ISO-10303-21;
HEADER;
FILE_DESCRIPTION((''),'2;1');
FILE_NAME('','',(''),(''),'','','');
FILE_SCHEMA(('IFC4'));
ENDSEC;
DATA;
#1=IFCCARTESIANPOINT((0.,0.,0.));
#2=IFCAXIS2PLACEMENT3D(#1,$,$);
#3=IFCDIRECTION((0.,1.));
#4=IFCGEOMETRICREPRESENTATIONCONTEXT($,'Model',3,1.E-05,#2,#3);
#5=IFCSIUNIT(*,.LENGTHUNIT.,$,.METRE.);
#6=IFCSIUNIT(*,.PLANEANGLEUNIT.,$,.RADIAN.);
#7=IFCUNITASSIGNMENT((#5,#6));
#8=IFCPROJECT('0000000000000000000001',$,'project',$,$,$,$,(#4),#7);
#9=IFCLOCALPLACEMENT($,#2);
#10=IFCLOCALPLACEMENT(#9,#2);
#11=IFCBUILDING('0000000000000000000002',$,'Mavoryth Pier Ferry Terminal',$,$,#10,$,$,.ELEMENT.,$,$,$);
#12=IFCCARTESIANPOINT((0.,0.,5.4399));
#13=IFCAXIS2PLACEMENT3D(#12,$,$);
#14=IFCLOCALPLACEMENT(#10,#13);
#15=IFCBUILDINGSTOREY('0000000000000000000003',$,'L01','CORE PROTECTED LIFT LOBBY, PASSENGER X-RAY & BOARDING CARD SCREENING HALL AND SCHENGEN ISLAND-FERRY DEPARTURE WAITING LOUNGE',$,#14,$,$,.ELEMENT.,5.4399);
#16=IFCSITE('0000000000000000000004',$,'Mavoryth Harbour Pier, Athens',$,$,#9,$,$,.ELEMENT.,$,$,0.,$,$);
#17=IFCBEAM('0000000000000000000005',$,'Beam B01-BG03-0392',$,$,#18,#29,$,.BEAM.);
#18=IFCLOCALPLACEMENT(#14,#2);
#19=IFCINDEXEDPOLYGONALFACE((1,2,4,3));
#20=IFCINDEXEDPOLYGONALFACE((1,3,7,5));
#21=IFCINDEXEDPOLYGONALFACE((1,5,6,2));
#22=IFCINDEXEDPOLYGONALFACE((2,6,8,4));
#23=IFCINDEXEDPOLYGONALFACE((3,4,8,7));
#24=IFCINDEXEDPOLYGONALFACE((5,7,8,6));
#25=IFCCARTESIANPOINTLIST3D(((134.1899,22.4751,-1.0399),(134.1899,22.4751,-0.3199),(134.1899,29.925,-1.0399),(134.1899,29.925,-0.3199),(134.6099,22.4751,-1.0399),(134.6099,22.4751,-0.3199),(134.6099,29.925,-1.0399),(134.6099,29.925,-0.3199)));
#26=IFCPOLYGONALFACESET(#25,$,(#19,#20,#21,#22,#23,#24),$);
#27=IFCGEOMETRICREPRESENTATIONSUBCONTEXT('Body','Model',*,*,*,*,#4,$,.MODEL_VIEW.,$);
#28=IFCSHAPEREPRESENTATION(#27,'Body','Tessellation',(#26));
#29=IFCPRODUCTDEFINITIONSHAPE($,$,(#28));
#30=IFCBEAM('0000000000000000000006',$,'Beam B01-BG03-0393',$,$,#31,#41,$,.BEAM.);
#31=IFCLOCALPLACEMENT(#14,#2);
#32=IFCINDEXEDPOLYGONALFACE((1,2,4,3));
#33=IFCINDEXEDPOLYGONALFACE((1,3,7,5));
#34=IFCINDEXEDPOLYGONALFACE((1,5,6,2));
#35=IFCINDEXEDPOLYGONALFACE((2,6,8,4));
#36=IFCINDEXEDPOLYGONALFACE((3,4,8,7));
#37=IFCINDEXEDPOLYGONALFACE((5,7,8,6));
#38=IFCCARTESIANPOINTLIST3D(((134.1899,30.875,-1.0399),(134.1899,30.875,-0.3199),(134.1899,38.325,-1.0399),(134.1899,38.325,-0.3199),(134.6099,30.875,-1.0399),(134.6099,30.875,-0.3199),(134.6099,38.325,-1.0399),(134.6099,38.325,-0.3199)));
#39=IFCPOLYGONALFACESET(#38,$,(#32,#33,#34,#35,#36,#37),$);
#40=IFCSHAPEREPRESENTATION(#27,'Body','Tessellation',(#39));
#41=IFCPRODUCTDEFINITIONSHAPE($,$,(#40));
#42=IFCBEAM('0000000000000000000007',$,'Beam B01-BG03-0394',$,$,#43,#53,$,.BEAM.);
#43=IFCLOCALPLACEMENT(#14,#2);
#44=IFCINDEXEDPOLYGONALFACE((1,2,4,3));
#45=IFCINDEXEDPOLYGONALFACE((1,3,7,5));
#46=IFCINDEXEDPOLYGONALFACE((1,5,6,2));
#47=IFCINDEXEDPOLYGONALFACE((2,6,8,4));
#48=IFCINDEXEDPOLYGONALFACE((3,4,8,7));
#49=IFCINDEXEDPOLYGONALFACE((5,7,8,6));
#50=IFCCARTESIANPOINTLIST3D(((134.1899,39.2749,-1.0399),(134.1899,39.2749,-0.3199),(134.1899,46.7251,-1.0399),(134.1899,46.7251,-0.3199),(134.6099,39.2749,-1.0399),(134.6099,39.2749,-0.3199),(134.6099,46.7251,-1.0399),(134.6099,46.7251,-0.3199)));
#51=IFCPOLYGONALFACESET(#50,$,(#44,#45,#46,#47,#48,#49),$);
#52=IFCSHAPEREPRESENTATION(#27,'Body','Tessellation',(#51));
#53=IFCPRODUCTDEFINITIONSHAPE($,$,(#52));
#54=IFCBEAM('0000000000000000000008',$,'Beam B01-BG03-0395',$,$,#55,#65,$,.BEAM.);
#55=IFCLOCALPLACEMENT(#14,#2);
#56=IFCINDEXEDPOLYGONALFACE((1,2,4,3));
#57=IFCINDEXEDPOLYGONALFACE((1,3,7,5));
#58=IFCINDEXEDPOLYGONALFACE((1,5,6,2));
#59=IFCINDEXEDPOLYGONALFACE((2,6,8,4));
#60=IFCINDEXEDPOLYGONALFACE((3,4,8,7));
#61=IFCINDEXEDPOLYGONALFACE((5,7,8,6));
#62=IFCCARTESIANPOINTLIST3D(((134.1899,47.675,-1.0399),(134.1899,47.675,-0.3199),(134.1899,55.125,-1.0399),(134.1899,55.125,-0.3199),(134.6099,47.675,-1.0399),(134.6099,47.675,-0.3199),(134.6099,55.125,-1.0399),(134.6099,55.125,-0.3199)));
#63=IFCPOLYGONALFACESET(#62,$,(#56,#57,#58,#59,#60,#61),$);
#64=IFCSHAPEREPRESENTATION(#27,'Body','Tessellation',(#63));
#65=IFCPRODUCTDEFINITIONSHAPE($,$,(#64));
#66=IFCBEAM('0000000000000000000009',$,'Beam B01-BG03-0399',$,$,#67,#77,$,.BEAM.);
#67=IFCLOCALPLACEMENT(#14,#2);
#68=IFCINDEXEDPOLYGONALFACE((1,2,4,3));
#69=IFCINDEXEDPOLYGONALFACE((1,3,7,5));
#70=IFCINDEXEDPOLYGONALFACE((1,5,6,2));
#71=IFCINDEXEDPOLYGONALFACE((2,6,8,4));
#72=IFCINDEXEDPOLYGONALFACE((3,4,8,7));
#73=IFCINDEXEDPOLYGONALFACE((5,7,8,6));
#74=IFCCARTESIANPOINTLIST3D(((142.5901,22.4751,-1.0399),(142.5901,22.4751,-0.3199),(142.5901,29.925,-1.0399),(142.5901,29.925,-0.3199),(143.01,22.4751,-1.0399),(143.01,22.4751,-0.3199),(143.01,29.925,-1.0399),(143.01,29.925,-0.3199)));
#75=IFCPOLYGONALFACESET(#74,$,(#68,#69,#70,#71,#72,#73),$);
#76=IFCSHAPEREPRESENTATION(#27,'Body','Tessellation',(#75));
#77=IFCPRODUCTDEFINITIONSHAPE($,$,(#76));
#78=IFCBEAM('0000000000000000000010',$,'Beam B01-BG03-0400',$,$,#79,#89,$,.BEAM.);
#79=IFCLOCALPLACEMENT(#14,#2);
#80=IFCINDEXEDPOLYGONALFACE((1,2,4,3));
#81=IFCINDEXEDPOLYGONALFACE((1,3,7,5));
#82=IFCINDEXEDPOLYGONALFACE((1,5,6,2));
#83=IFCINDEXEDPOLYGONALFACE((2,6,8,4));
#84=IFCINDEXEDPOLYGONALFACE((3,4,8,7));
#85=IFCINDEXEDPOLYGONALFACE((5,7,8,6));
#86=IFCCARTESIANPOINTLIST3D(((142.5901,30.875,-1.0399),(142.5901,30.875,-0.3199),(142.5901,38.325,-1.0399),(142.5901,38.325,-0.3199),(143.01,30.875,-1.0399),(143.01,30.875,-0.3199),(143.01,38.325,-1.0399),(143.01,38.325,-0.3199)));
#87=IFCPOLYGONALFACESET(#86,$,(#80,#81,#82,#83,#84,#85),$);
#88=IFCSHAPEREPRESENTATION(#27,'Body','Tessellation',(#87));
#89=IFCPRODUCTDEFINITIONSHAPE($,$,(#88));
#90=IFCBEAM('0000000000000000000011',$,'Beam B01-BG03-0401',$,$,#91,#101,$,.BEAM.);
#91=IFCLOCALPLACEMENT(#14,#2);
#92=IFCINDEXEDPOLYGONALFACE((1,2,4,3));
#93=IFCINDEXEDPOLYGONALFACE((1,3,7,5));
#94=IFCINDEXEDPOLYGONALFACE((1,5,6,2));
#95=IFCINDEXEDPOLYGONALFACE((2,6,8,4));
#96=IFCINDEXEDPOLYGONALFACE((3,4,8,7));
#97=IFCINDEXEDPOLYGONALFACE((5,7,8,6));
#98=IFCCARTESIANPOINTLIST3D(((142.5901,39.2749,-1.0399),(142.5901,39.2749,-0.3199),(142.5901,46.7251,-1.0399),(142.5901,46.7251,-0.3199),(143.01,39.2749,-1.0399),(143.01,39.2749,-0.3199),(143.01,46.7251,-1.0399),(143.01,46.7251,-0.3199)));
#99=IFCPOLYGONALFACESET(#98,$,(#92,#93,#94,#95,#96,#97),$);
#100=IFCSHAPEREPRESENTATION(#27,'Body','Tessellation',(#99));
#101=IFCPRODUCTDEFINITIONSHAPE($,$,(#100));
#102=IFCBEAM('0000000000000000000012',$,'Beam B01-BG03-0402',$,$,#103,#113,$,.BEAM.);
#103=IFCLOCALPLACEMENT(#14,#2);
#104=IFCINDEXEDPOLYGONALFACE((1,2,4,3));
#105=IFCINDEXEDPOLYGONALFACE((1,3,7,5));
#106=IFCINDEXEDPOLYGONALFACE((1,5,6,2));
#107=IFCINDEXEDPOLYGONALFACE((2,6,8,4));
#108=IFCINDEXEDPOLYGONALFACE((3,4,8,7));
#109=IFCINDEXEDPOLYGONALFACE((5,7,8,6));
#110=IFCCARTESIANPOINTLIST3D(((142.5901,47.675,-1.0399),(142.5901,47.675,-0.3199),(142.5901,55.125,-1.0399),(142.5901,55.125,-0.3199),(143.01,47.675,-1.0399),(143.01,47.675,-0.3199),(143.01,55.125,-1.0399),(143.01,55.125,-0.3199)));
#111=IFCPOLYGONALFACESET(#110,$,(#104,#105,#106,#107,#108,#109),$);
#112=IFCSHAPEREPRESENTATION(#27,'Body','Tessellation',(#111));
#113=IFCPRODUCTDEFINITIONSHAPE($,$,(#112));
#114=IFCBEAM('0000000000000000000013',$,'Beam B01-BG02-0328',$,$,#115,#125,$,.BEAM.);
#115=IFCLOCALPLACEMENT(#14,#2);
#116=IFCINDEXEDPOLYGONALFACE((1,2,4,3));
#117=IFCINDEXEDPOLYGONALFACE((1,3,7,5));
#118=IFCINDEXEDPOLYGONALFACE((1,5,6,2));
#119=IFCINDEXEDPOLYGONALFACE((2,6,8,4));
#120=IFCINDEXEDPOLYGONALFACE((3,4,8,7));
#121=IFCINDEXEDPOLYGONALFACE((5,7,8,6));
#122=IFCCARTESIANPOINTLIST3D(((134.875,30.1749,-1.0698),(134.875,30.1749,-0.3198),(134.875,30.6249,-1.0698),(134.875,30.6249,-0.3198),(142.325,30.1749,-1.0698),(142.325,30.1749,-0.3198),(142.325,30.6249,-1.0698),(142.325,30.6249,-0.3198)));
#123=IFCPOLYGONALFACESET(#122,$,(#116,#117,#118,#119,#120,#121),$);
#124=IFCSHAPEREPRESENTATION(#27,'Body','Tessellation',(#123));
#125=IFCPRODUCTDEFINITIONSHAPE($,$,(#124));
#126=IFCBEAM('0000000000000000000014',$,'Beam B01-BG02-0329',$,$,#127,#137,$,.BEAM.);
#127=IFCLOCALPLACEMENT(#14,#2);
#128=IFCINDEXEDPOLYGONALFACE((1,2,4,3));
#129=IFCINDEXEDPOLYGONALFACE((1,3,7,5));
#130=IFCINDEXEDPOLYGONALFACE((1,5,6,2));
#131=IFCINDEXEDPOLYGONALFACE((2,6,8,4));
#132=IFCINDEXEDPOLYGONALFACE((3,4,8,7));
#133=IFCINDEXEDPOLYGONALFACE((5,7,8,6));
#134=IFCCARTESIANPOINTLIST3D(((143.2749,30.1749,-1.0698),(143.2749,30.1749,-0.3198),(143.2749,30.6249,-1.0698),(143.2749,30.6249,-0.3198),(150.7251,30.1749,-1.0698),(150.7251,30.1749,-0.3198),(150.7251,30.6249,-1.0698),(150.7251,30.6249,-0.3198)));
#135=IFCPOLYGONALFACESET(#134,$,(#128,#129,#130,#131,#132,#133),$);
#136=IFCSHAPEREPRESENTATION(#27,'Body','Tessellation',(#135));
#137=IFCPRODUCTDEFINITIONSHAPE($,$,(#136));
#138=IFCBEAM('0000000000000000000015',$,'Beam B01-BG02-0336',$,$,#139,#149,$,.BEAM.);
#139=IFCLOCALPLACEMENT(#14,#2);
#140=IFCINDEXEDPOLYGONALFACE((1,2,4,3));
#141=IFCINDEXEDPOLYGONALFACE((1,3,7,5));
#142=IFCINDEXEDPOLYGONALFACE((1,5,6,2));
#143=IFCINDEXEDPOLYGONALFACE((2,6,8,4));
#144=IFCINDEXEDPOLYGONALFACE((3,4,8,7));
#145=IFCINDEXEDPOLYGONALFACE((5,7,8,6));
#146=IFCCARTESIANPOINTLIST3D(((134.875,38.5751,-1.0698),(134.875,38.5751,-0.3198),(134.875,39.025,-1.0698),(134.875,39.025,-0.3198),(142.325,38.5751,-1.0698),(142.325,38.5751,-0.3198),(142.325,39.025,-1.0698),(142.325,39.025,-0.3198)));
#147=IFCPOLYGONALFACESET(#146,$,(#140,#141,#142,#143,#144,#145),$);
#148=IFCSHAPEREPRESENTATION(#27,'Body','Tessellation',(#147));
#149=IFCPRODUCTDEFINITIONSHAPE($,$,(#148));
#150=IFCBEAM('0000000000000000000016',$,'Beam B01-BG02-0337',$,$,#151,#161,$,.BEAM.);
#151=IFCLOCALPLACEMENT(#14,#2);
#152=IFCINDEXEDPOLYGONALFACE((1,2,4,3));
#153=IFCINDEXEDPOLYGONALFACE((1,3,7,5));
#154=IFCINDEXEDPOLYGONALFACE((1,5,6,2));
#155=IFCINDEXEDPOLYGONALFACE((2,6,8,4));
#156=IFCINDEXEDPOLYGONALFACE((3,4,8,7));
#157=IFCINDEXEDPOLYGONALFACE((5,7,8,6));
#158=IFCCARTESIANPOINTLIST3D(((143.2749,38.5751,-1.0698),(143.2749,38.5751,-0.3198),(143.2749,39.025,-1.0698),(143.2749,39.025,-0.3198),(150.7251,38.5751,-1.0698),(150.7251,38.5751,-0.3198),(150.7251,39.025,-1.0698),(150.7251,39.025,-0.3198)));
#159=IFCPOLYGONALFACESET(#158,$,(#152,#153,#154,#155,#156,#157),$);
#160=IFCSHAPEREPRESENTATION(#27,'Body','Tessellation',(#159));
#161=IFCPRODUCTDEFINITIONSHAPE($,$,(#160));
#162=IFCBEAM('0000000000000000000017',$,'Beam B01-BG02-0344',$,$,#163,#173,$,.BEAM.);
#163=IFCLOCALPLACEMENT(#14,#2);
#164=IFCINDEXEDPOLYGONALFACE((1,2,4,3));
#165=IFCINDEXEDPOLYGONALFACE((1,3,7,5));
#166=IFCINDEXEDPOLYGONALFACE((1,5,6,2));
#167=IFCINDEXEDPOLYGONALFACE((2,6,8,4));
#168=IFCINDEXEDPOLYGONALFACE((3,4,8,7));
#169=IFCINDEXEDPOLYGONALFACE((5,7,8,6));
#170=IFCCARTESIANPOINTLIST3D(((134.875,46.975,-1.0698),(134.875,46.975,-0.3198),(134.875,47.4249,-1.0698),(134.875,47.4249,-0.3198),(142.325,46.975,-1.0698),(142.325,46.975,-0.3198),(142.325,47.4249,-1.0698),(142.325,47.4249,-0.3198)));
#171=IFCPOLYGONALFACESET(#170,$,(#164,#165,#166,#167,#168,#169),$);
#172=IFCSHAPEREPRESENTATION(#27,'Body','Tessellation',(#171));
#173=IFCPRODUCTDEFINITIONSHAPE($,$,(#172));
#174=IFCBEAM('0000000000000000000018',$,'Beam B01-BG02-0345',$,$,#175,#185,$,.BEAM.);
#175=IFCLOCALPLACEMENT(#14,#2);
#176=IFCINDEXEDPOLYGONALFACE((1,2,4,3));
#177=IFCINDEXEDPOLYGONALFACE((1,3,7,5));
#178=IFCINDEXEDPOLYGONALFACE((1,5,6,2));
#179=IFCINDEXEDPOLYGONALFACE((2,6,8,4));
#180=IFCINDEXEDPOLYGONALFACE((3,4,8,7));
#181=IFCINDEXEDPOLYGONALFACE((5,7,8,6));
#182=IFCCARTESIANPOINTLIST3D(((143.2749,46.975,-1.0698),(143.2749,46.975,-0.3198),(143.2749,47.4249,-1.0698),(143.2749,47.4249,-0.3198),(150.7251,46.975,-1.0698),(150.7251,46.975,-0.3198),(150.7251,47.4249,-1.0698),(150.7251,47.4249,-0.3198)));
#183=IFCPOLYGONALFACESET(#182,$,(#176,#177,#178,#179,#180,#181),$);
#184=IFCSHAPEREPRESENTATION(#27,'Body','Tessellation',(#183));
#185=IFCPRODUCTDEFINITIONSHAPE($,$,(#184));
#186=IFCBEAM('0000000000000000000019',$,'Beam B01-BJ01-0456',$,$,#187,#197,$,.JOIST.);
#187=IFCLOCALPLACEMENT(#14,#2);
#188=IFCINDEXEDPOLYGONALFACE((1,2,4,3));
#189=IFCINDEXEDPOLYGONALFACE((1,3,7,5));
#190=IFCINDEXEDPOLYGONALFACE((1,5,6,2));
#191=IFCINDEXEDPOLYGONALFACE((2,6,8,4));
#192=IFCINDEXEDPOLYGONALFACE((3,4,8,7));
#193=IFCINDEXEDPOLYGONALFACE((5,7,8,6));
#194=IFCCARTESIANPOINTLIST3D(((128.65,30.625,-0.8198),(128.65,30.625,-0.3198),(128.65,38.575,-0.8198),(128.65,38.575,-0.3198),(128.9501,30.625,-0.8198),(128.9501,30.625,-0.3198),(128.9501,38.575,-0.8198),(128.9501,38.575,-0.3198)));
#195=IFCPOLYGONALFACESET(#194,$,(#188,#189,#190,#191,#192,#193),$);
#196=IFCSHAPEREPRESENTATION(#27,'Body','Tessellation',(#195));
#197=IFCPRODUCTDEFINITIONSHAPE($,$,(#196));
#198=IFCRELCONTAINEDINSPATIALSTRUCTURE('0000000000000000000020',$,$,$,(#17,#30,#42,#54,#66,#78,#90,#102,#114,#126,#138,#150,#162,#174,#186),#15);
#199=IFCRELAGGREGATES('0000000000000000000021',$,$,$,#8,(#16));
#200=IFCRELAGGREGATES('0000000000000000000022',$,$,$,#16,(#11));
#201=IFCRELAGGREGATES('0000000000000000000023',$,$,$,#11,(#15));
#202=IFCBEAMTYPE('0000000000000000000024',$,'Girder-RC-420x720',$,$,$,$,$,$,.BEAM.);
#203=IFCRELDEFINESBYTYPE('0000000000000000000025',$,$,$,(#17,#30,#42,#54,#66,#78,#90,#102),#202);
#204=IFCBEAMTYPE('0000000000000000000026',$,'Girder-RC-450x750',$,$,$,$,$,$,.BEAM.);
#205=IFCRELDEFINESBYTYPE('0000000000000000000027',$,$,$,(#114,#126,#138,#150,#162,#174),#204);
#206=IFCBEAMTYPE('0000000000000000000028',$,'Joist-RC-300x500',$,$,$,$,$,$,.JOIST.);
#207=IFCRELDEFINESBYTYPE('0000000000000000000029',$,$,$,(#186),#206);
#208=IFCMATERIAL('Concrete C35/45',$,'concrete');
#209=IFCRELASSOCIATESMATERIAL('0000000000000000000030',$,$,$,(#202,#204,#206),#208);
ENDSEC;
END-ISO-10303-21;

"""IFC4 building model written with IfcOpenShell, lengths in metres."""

from ifc_helpers import new_model, si_unit, direction, frame, origin, origin_2d, place, context, subcontext, project, spatial, rectangle, extrude, material, material_profile, profile_set, type_object, element, save


model = new_model("IFC4")

# Units and contexts
model_context = context("Model", 3, precision=1e-05, world=origin(), true_north=direction((0.0, 1.0)))
body_context = subcontext(model_context, "Body", "Model", "MODEL_VIEW")
ifc_project = project(units=[si_unit("LENGTHUNIT", "METRE"), si_unit("PLANEANGLEUNIT", "RADIAN")], contexts=[model_context])

# Site, building, storey
site_placement = place(None, origin())
site = spatial("IfcSite", under=ifc_project, at=site_placement, Name="Mavoryth Harbour Pier, Athens", CompositionType="ELEMENT", RefElevation=0.0)
building_placement = place(site_placement, origin())
building = spatial("IfcBuilding", under=site, at=building_placement, Name="Mavoryth Pier Ferry Terminal", CompositionType="ELEMENT")
storey_placement = place(building_placement, frame((0.0, 0.0, 5.4399)))
storey = spatial("IfcBuildingStorey", under=building, at=storey_placement, Name="L01", Description="CORE PROTECTED LIFT LOBBY, PASSENGER X-RAY & BOARDING CARD SCREENING HALL AND SCHENGEN ISLAND-FERRY DEPARTURE WAITING LOUNGE", CompositionType="ELEMENT", Elevation=5.4399)

# Beams
ifc_material_1 = material(Name="Concrete C35/45", Category="concrete")
ifc_material_profile_1 = material_profile(ifc_material_1, rectangle(XDim=0.4199, YDim=0.72, at=origin_2d()), Name="RC 420x720", Category="concrete")
ifc_profile_set_1 = profile_set([ifc_material_profile_1], Name="Concrete C35/45 - RC 420x720")
beam_type_1 = type_object("IfcBeamType", Name="Girder-RC-420x720", PredefinedType="BEAM", material=ifc_profile_set_1)
for number, where, z_axis, x_axis, name in (
    (1, (134.3999, 22.4751, -0.6799), (0.0, 1.0, 0.0), (-1.0, 0.0, 0.0), "Beam B01-BG03-0392"),
    (2, (134.3999, 30.875, -0.6799), (0.0, 1.0, 0.0), (-1.0, 0.0, 0.0), "Beam B01-BG03-0393"),
):
    element("IfcBeam", number, at=place(storey_placement, frame(where, z_axis=z_axis, x_axis=x_axis)), inside=storey, type_object=beam_type_1, Name=name, PredefinedType="BEAM", context=body_context, shape_type="SweptSolid", body=[
        extrude(rectangle(XDim=0.4199, YDim=0.72, at=origin_2d()), origin(), (0.0, 0.0, 1.0), 7.45),
    ])
beam_1_placement = place(storey_placement, frame((134.3999, 39.2749, -0.6799), z_axis=(0.0, 1.0, 0.0), x_axis=(-1.0, 0.0, 0.0)))
element("IfcBeam", 3, at=beam_1_placement, inside=storey, type_object=beam_type_1, Name="Beam B01-BG03-0394", PredefinedType="BEAM", context=body_context, shape_type="SweptSolid", body=[
    extrude(rectangle(XDim=0.4199, YDim=0.72, at=origin_2d()), origin(), (0.0, 0.0, 1.0), 7.4502),
])
for number, where, z_axis, x_axis, name in (
    (4, (134.3999, 47.675, -0.6799), (0.0, 1.0, 0.0), (-1.0, 0.0, 0.0), "Beam B01-BG03-0395"),
    (5, (142.8, 22.4751, -0.6799), (0.0, 1.0, 0.0), (-1.0, 0.0, 0.0), "Beam B01-BG03-0399"),
    (6, (142.8, 30.875, -0.6799), (0.0, 1.0, 0.0), (-1.0, 0.0, 0.0), "Beam B01-BG03-0400"),
):
    element("IfcBeam", number, at=place(storey_placement, frame(where, z_axis=z_axis, x_axis=x_axis)), inside=storey, type_object=beam_type_1, Name=name, PredefinedType="BEAM", context=body_context, shape_type="SweptSolid", body=[
        extrude(rectangle(XDim=0.4199, YDim=0.72, at=origin_2d()), origin(), (0.0, 0.0, 1.0), 7.45),
    ])
beam_2_placement = place(storey_placement, frame((142.8, 39.2749, -0.6799), z_axis=(0.0, 1.0, 0.0), x_axis=(-1.0, 0.0, 0.0)))
element("IfcBeam", 7, at=beam_2_placement, inside=storey, type_object=beam_type_1, Name="Beam B01-BG03-0401", PredefinedType="BEAM", context=body_context, shape_type="SweptSolid", body=[
    extrude(rectangle(XDim=0.4199, YDim=0.72, at=origin_2d()), origin(), (0.0, 0.0, 1.0), 7.4502),
])
beam_3_placement = place(storey_placement, frame((142.8, 47.675, -0.6799), z_axis=(0.0, 1.0, 0.0), x_axis=(-1.0, 0.0, 0.0)))
element("IfcBeam", 8, at=beam_3_placement, inside=storey, type_object=beam_type_1, Name="Beam B01-BG03-0402", PredefinedType="BEAM", context=body_context, shape_type="SweptSolid", body=[
    extrude(rectangle(XDim=0.4199, YDim=0.72, at=origin_2d()), origin(), (0.0, 0.0, 1.0), 7.45),
])
ifc_material_profile_2 = material_profile(ifc_material_1, rectangle(XDim=0.45, YDim=0.75, at=origin_2d()), Name="RC 450x750", Category="concrete")
ifc_profile_set_2 = profile_set([ifc_material_profile_2], Name="Concrete C35/45 - RC 450x750")
beam_type_2 = type_object("IfcBeamType", Name="Girder-RC-450x750", PredefinedType="BEAM", material=ifc_profile_set_2)
beam_4_placement = place(storey_placement, frame((134.875, 30.3999, -0.6948), z_axis=(1.0, 0.0, 0.0), x_axis=(0.0, 1.0, 0.0)))
element("IfcBeam", 9, at=beam_4_placement, inside=storey, type_object=beam_type_2, Name="Beam B01-BG02-0328", PredefinedType="BEAM", context=body_context, shape_type="SweptSolid", body=[
    extrude(rectangle(XDim=0.45, YDim=0.75, at=origin_2d()), origin(), (0.0, 0.0, 1.0), 7.45),
])
beam_5_placement = place(storey_placement, frame((143.2749, 30.3999, -0.6948), z_axis=(1.0, 0.0, 0.0), x_axis=(0.0, 1.0, 0.0)))
element("IfcBeam", 10, at=beam_5_placement, inside=storey, type_object=beam_type_2, Name="Beam B01-BG02-0329", PredefinedType="BEAM", context=body_context, shape_type="SweptSolid", body=[
    extrude(rectangle(XDim=0.45, YDim=0.75, at=origin_2d()), origin(), (0.0, 0.0, 1.0), 7.4502),
])
beam_6_placement = place(storey_placement, frame((134.875, 38.8, -0.6948), z_axis=(1.0, 0.0, 0.0), x_axis=(0.0, 1.0, 0.0)))
element("IfcBeam", 11, at=beam_6_placement, inside=storey, type_object=beam_type_2, Name="Beam B01-BG02-0336", PredefinedType="BEAM", context=body_context, shape_type="SweptSolid", body=[
    extrude(rectangle(XDim=0.45, YDim=0.75, at=origin_2d()), origin(), (0.0, 0.0, 1.0), 7.45),
])
beam_7_placement = place(storey_placement, frame((143.2749, 38.8, -0.6948), z_axis=(1.0, 0.0, 0.0), x_axis=(0.0, 1.0, 0.0)))
element("IfcBeam", 12, at=beam_7_placement, inside=storey, type_object=beam_type_2, Name="Beam B01-BG02-0337", PredefinedType="BEAM", context=body_context, shape_type="SweptSolid", body=[
    extrude(rectangle(XDim=0.45, YDim=0.75, at=origin_2d()), origin(), (0.0, 0.0, 1.0), 7.4502),
])
beam_8_placement = place(storey_placement, frame((134.875, 47.2, -0.6948), z_axis=(1.0, 0.0, 0.0), x_axis=(0.0, 1.0, 0.0)))
element("IfcBeam", 13, at=beam_8_placement, inside=storey, type_object=beam_type_2, Name="Beam B01-BG02-0344", PredefinedType="BEAM", context=body_context, shape_type="SweptSolid", body=[
    extrude(rectangle(XDim=0.45, YDim=0.75, at=origin_2d()), origin(), (0.0, 0.0, 1.0), 7.45),
])
beam_9_placement = place(storey_placement, frame((143.2749, 47.2, -0.6948), z_axis=(1.0, 0.0, 0.0), x_axis=(0.0, 1.0, 0.0)))
element("IfcBeam", 14, at=beam_9_placement, inside=storey, type_object=beam_type_2, Name="Beam B01-BG02-0345", PredefinedType="BEAM", context=body_context, shape_type="SweptSolid", body=[
    extrude(rectangle(XDim=0.45, YDim=0.75, at=origin_2d()), origin(), (0.0, 0.0, 1.0), 7.4502),
])
ifc_material_profile_3 = material_profile(ifc_material_1, rectangle(XDim=0.3, YDim=0.5, at=origin_2d()), Name="RC 300x500", Category="concrete")
ifc_profile_set_3 = profile_set([ifc_material_profile_3], Name="Concrete C35/45 - RC 300x500")
beam_type_3 = type_object("IfcBeamType", Name="Joist-RC-300x500", PredefinedType="JOIST", material=ifc_profile_set_3)
for number, where, z_axis, x_axis, name in (
    (15, (128.8, 30.625, -0.5698), (0.0, 1.0, 0.0), (-1.0, 0.0, 0.0), "Beam B01-BJ01-0456"),
):
    element("IfcBeam", number, at=place(storey_placement, frame(where, z_axis=z_axis, x_axis=x_axis)), inside=storey, type_object=beam_type_3, Name=name, PredefinedType="JOIST", context=body_context, shape_type="SweptSolid", body=[
        extrude(rectangle(XDim=0.3, YDim=0.5, at=origin_2d()), origin(), (0.0, 0.0, 1.0), 7.95),
    ])

save(model, "model.ifc")
